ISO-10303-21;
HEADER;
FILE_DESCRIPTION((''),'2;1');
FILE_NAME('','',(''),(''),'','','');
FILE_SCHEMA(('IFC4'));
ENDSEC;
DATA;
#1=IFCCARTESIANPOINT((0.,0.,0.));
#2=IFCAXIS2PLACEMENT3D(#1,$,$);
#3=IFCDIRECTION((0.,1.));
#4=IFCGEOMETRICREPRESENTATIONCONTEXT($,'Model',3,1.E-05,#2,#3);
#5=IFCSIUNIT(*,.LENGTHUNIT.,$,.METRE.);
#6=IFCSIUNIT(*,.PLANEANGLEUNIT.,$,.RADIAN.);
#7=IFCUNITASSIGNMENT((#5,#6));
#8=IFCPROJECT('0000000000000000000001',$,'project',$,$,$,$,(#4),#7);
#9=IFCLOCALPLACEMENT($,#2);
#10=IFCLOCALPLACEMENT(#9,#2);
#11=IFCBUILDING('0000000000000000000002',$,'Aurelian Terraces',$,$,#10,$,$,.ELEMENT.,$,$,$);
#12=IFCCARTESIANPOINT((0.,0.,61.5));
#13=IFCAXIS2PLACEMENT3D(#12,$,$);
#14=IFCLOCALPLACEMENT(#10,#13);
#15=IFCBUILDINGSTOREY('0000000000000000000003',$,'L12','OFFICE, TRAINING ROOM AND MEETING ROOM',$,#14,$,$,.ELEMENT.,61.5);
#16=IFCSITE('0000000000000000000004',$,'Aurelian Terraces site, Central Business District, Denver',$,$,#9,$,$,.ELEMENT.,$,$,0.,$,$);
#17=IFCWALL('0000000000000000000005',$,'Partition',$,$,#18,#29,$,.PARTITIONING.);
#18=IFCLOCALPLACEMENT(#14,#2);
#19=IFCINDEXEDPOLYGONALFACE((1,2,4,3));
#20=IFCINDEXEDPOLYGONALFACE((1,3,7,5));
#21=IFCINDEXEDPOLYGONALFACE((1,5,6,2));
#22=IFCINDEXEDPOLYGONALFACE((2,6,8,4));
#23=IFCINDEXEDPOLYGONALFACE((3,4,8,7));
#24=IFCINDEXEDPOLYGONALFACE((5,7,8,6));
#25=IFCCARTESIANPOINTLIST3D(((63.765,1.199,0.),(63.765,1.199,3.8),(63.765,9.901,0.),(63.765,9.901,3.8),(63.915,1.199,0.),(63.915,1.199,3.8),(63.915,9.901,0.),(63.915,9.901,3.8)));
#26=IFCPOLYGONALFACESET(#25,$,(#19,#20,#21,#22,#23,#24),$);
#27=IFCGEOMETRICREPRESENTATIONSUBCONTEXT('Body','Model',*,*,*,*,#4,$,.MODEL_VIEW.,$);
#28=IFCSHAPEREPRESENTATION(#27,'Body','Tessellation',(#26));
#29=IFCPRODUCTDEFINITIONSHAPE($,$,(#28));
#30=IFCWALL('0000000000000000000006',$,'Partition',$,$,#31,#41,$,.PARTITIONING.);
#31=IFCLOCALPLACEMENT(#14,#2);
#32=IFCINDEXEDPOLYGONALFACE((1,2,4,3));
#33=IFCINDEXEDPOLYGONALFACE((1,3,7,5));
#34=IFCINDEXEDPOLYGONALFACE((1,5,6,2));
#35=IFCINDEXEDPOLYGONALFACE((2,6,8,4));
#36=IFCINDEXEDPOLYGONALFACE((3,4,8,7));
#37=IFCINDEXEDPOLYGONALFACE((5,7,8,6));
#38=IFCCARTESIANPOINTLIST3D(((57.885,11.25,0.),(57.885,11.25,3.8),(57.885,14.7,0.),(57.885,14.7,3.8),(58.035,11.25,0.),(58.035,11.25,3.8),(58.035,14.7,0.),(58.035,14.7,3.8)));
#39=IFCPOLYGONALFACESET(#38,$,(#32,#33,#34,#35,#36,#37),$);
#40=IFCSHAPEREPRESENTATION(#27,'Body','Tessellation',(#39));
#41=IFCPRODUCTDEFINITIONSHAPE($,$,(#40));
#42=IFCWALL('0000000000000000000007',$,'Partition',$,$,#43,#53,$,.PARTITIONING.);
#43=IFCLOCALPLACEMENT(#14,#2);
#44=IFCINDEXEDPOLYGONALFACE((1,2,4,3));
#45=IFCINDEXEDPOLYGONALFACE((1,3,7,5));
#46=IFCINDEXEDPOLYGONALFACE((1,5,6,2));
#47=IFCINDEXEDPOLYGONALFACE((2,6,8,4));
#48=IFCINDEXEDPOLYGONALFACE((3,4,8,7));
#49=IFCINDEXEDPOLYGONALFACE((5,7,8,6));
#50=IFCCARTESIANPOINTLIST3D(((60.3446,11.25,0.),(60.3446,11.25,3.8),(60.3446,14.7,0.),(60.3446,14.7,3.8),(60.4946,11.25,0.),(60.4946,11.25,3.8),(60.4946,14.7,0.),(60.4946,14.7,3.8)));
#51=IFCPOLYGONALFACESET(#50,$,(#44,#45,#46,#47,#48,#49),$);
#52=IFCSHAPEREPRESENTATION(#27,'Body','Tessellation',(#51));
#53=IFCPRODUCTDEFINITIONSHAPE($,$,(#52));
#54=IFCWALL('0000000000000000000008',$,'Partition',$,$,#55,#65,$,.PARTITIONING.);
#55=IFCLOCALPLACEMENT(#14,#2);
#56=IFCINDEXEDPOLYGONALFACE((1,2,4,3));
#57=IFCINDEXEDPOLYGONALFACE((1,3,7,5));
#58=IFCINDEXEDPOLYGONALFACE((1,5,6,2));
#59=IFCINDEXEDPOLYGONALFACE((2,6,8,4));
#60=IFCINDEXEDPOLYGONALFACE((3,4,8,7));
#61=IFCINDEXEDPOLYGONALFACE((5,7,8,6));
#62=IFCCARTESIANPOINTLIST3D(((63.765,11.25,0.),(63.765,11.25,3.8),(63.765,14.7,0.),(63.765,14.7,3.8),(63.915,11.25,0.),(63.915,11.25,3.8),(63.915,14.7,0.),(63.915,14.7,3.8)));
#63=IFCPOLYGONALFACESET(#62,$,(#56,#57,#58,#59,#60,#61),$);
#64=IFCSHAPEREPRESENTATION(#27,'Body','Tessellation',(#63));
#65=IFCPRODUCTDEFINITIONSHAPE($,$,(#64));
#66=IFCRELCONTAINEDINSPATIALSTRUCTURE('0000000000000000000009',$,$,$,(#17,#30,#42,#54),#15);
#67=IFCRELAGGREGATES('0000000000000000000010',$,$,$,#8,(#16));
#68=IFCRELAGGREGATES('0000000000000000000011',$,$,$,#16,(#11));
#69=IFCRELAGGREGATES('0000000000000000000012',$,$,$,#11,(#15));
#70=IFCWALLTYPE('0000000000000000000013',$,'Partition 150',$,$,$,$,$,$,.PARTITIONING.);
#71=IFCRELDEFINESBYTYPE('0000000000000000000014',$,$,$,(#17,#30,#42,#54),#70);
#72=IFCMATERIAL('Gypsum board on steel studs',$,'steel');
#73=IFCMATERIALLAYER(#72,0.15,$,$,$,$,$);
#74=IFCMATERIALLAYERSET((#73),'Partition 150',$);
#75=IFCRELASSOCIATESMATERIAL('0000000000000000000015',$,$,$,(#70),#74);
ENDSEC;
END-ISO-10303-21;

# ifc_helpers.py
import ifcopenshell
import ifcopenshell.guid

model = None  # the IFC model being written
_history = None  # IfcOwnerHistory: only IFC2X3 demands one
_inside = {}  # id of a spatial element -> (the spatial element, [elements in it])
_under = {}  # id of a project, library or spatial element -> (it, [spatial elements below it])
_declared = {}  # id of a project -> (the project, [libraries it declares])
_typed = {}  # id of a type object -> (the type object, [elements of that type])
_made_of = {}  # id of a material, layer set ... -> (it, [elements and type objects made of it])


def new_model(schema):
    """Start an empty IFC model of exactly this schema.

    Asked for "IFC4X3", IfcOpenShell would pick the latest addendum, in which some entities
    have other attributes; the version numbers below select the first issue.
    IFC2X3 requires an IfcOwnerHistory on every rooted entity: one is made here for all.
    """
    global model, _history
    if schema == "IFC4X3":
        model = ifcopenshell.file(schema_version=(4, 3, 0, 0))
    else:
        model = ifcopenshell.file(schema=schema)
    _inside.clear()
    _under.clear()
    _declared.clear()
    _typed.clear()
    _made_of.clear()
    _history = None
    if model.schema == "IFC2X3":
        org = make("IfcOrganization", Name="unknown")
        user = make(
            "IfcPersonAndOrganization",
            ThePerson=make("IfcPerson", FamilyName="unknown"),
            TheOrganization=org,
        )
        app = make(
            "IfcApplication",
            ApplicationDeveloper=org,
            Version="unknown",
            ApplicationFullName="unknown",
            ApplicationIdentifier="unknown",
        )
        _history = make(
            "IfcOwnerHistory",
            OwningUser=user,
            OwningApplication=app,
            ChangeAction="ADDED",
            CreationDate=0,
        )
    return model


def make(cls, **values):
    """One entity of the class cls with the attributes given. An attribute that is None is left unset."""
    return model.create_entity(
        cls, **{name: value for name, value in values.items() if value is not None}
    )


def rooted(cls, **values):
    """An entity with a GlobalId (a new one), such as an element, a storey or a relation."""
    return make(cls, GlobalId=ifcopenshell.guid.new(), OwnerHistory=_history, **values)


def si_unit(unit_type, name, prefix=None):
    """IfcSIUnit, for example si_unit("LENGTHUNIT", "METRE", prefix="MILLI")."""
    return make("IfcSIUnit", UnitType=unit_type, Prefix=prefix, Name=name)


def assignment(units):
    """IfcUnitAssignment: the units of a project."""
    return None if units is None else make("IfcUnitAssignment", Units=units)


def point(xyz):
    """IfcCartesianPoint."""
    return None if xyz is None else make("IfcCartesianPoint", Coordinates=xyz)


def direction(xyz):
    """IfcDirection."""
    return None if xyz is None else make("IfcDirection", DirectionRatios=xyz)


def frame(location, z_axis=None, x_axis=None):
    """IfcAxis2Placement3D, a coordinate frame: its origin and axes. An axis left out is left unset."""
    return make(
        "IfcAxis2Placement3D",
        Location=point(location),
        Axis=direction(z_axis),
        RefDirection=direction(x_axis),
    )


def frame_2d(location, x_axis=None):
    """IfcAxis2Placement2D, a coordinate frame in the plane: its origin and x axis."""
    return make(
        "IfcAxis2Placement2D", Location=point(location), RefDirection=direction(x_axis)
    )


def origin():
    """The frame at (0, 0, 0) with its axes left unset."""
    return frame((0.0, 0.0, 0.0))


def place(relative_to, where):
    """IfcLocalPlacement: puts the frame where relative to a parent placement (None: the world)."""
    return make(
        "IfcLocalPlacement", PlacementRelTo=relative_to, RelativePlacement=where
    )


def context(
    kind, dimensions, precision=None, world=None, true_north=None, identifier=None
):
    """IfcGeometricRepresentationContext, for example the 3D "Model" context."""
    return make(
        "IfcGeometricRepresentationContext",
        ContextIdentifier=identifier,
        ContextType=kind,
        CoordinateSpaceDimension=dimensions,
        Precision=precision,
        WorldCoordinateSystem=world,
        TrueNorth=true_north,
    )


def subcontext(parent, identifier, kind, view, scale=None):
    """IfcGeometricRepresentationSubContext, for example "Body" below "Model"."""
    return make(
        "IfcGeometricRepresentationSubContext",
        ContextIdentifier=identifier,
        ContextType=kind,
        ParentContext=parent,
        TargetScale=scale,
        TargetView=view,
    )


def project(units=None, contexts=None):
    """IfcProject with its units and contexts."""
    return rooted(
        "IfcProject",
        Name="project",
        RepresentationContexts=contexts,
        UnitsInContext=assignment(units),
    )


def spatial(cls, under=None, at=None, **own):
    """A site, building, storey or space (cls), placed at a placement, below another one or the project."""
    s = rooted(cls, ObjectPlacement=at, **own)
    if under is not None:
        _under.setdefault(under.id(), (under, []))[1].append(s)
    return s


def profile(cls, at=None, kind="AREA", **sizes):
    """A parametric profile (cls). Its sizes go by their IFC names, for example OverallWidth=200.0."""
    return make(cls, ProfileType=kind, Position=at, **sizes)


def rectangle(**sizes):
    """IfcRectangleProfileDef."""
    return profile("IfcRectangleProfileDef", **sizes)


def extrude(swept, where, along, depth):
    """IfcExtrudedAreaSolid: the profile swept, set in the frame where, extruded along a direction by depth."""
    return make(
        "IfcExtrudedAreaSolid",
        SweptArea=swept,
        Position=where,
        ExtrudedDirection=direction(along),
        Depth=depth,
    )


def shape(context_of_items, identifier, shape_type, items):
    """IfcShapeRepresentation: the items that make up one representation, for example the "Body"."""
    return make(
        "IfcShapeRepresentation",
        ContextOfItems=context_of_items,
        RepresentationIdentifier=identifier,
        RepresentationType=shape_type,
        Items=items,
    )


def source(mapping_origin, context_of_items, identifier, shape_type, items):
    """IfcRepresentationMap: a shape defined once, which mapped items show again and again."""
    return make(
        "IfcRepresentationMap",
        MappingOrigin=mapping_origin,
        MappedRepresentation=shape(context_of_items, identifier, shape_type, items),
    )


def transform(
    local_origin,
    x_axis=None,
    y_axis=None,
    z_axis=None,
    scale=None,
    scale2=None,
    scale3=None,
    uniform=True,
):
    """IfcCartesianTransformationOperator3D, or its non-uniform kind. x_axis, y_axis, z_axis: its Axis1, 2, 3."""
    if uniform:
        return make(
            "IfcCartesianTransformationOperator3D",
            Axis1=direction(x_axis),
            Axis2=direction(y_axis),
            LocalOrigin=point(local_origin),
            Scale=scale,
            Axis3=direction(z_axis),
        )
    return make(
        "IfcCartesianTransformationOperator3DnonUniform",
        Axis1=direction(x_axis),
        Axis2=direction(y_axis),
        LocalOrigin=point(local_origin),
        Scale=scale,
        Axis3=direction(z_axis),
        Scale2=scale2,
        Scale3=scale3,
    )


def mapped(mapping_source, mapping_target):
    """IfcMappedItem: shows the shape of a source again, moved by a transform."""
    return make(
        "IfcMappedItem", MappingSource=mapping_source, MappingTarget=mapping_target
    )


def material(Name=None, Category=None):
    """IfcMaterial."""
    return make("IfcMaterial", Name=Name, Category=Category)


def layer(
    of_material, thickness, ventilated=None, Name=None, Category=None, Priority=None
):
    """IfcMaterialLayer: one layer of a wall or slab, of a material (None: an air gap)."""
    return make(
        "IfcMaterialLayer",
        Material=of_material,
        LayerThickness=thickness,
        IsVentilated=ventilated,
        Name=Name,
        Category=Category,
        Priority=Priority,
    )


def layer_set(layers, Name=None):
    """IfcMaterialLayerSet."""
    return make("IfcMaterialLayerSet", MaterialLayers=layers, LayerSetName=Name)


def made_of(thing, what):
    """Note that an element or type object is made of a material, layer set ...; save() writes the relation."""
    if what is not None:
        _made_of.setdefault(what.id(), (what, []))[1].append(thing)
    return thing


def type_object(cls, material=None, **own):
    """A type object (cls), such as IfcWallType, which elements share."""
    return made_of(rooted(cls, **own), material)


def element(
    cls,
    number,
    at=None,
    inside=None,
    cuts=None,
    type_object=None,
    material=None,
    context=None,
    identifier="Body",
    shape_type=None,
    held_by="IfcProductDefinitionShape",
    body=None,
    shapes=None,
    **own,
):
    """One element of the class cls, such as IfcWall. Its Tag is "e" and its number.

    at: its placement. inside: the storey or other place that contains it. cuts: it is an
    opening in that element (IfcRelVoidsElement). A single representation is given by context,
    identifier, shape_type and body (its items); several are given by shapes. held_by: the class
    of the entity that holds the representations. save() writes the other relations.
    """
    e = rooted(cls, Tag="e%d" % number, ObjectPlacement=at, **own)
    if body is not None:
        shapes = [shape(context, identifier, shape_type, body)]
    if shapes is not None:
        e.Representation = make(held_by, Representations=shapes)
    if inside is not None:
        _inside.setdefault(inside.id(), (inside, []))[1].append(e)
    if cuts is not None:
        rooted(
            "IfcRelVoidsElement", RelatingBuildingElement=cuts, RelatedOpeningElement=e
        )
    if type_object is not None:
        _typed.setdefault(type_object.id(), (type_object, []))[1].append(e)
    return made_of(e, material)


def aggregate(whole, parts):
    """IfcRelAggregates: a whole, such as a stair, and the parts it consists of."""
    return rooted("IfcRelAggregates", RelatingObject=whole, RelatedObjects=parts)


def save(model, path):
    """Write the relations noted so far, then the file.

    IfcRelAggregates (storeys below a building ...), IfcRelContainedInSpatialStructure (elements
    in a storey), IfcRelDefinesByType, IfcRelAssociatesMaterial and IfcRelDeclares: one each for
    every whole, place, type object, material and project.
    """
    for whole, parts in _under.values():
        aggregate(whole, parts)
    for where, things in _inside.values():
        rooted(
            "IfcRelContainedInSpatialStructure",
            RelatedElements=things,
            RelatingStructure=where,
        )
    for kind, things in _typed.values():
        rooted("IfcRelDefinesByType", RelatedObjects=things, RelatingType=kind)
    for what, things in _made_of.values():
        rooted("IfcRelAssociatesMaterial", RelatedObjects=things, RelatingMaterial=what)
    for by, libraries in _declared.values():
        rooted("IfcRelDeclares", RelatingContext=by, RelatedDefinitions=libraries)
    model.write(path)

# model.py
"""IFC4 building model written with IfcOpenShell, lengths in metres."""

from ifc_helpers import new_model, si_unit, direction, frame, frame_2d, origin, place, context, subcontext, project, spatial, rectangle, extrude, source, transform, mapped, material, layer, layer_set, type_object, element, save


model = new_model("IFC4")

# Units and contexts
model_context = context("Model", 3, precision=1e-05, world=origin(), true_north=direction((0.0, 1.0)))
body_context = subcontext(model_context, "Body", "Model", "MODEL_VIEW")
ifc_project = project(units=[si_unit("LENGTHUNIT", "METRE"), si_unit("PLANEANGLEUNIT", "RADIAN")], contexts=[model_context])

# Site, building, storey
site_placement = place(None, origin())
site = spatial("IfcSite", under=ifc_project, at=site_placement, Name="Aurelian Terraces site, Central Business District, Denver", CompositionType="ELEMENT", RefElevation=0.0)
building_placement = place(site_placement, origin())
building = spatial("IfcBuilding", under=site, at=building_placement, Name="Aurelian Terraces", CompositionType="ELEMENT")
storey_placement = place(building_placement, frame((0.0, 0.0, 61.5)))
storey = spatial("IfcBuildingStorey", under=building, at=storey_placement, Name="L12", Description="OFFICE, TRAINING ROOM AND MEETING ROOM", CompositionType="ELEMENT", Elevation=61.5)

# Walls
ifc_material_1 = material(Name="Gypsum board on steel studs", Category="steel")
ifc_layer_1 = layer(ifc_material_1, 0.15)
ifc_layer_set_1 = layer_set([ifc_layer_1], Name="Partition 150")
wall_type_1 = type_object("IfcWallType", Name="Partition 150", PredefinedType="PARTITIONING", material=ifc_layer_set_1)
shared_shape_1 = source(origin(), body_context, "Body", "SweptSolid", [
    extrude(rectangle(XDim=8.702, YDim=0.15, at=frame_2d((4.351, 0.0))), origin(), (0.0, 0.0, 1.0), 3.8),
])
wall_1_placement = place(storey_placement, frame((63.84, 1.199, 0.0), z_axis=(0.0, 0.0, 1.0), x_axis=(0.0, 1.0, 0.0)))
element("IfcWall", 1, at=wall_1_placement, inside=storey, type_object=wall_type_1, Name="Partition", PredefinedType="PARTITIONING", context=body_context, shape_type="MappedRepresentation", body=[
    mapped(shared_shape_1, transform((0.0, 0.0, 0.0), scale=1.0)),
])
shared_shape_2 = source(origin(), body_context, "Body", "SweptSolid", [
    extrude(rectangle(XDim=3.45, YDim=0.15, at=frame_2d((1.725, 0.0))), origin(), (0.0, 0.0, 1.0), 3.8),
])
for number, where, z_axis, x_axis, name in (
    (2, (57.96, 11.25, 0.0), (0.0, 0.0, 1.0), (0.0, 1.0, 0.0), "Partition"),
    (3, (60.4196, 11.25, 0.0), (0.0, 0.0, 1.0), (0.0, 1.0, 0.0), "Partition"),
    (4, (63.84, 11.25, 0.0), (0.0, 0.0, 1.0), (0.0, 1.0, 0.0), "Partition"),
):
    element("IfcWall", number, at=place(storey_placement, frame(where, z_axis=z_axis, x_axis=x_axis)), inside=storey, type_object=wall_type_1, Name=name, PredefinedType="PARTITIONING", context=body_context, shape_type="MappedRepresentation", body=[
        mapped(shared_shape_2, transform((0.0, 0.0, 0.0), scale=1.0)),
    ])

save(model, "model.ifc")
